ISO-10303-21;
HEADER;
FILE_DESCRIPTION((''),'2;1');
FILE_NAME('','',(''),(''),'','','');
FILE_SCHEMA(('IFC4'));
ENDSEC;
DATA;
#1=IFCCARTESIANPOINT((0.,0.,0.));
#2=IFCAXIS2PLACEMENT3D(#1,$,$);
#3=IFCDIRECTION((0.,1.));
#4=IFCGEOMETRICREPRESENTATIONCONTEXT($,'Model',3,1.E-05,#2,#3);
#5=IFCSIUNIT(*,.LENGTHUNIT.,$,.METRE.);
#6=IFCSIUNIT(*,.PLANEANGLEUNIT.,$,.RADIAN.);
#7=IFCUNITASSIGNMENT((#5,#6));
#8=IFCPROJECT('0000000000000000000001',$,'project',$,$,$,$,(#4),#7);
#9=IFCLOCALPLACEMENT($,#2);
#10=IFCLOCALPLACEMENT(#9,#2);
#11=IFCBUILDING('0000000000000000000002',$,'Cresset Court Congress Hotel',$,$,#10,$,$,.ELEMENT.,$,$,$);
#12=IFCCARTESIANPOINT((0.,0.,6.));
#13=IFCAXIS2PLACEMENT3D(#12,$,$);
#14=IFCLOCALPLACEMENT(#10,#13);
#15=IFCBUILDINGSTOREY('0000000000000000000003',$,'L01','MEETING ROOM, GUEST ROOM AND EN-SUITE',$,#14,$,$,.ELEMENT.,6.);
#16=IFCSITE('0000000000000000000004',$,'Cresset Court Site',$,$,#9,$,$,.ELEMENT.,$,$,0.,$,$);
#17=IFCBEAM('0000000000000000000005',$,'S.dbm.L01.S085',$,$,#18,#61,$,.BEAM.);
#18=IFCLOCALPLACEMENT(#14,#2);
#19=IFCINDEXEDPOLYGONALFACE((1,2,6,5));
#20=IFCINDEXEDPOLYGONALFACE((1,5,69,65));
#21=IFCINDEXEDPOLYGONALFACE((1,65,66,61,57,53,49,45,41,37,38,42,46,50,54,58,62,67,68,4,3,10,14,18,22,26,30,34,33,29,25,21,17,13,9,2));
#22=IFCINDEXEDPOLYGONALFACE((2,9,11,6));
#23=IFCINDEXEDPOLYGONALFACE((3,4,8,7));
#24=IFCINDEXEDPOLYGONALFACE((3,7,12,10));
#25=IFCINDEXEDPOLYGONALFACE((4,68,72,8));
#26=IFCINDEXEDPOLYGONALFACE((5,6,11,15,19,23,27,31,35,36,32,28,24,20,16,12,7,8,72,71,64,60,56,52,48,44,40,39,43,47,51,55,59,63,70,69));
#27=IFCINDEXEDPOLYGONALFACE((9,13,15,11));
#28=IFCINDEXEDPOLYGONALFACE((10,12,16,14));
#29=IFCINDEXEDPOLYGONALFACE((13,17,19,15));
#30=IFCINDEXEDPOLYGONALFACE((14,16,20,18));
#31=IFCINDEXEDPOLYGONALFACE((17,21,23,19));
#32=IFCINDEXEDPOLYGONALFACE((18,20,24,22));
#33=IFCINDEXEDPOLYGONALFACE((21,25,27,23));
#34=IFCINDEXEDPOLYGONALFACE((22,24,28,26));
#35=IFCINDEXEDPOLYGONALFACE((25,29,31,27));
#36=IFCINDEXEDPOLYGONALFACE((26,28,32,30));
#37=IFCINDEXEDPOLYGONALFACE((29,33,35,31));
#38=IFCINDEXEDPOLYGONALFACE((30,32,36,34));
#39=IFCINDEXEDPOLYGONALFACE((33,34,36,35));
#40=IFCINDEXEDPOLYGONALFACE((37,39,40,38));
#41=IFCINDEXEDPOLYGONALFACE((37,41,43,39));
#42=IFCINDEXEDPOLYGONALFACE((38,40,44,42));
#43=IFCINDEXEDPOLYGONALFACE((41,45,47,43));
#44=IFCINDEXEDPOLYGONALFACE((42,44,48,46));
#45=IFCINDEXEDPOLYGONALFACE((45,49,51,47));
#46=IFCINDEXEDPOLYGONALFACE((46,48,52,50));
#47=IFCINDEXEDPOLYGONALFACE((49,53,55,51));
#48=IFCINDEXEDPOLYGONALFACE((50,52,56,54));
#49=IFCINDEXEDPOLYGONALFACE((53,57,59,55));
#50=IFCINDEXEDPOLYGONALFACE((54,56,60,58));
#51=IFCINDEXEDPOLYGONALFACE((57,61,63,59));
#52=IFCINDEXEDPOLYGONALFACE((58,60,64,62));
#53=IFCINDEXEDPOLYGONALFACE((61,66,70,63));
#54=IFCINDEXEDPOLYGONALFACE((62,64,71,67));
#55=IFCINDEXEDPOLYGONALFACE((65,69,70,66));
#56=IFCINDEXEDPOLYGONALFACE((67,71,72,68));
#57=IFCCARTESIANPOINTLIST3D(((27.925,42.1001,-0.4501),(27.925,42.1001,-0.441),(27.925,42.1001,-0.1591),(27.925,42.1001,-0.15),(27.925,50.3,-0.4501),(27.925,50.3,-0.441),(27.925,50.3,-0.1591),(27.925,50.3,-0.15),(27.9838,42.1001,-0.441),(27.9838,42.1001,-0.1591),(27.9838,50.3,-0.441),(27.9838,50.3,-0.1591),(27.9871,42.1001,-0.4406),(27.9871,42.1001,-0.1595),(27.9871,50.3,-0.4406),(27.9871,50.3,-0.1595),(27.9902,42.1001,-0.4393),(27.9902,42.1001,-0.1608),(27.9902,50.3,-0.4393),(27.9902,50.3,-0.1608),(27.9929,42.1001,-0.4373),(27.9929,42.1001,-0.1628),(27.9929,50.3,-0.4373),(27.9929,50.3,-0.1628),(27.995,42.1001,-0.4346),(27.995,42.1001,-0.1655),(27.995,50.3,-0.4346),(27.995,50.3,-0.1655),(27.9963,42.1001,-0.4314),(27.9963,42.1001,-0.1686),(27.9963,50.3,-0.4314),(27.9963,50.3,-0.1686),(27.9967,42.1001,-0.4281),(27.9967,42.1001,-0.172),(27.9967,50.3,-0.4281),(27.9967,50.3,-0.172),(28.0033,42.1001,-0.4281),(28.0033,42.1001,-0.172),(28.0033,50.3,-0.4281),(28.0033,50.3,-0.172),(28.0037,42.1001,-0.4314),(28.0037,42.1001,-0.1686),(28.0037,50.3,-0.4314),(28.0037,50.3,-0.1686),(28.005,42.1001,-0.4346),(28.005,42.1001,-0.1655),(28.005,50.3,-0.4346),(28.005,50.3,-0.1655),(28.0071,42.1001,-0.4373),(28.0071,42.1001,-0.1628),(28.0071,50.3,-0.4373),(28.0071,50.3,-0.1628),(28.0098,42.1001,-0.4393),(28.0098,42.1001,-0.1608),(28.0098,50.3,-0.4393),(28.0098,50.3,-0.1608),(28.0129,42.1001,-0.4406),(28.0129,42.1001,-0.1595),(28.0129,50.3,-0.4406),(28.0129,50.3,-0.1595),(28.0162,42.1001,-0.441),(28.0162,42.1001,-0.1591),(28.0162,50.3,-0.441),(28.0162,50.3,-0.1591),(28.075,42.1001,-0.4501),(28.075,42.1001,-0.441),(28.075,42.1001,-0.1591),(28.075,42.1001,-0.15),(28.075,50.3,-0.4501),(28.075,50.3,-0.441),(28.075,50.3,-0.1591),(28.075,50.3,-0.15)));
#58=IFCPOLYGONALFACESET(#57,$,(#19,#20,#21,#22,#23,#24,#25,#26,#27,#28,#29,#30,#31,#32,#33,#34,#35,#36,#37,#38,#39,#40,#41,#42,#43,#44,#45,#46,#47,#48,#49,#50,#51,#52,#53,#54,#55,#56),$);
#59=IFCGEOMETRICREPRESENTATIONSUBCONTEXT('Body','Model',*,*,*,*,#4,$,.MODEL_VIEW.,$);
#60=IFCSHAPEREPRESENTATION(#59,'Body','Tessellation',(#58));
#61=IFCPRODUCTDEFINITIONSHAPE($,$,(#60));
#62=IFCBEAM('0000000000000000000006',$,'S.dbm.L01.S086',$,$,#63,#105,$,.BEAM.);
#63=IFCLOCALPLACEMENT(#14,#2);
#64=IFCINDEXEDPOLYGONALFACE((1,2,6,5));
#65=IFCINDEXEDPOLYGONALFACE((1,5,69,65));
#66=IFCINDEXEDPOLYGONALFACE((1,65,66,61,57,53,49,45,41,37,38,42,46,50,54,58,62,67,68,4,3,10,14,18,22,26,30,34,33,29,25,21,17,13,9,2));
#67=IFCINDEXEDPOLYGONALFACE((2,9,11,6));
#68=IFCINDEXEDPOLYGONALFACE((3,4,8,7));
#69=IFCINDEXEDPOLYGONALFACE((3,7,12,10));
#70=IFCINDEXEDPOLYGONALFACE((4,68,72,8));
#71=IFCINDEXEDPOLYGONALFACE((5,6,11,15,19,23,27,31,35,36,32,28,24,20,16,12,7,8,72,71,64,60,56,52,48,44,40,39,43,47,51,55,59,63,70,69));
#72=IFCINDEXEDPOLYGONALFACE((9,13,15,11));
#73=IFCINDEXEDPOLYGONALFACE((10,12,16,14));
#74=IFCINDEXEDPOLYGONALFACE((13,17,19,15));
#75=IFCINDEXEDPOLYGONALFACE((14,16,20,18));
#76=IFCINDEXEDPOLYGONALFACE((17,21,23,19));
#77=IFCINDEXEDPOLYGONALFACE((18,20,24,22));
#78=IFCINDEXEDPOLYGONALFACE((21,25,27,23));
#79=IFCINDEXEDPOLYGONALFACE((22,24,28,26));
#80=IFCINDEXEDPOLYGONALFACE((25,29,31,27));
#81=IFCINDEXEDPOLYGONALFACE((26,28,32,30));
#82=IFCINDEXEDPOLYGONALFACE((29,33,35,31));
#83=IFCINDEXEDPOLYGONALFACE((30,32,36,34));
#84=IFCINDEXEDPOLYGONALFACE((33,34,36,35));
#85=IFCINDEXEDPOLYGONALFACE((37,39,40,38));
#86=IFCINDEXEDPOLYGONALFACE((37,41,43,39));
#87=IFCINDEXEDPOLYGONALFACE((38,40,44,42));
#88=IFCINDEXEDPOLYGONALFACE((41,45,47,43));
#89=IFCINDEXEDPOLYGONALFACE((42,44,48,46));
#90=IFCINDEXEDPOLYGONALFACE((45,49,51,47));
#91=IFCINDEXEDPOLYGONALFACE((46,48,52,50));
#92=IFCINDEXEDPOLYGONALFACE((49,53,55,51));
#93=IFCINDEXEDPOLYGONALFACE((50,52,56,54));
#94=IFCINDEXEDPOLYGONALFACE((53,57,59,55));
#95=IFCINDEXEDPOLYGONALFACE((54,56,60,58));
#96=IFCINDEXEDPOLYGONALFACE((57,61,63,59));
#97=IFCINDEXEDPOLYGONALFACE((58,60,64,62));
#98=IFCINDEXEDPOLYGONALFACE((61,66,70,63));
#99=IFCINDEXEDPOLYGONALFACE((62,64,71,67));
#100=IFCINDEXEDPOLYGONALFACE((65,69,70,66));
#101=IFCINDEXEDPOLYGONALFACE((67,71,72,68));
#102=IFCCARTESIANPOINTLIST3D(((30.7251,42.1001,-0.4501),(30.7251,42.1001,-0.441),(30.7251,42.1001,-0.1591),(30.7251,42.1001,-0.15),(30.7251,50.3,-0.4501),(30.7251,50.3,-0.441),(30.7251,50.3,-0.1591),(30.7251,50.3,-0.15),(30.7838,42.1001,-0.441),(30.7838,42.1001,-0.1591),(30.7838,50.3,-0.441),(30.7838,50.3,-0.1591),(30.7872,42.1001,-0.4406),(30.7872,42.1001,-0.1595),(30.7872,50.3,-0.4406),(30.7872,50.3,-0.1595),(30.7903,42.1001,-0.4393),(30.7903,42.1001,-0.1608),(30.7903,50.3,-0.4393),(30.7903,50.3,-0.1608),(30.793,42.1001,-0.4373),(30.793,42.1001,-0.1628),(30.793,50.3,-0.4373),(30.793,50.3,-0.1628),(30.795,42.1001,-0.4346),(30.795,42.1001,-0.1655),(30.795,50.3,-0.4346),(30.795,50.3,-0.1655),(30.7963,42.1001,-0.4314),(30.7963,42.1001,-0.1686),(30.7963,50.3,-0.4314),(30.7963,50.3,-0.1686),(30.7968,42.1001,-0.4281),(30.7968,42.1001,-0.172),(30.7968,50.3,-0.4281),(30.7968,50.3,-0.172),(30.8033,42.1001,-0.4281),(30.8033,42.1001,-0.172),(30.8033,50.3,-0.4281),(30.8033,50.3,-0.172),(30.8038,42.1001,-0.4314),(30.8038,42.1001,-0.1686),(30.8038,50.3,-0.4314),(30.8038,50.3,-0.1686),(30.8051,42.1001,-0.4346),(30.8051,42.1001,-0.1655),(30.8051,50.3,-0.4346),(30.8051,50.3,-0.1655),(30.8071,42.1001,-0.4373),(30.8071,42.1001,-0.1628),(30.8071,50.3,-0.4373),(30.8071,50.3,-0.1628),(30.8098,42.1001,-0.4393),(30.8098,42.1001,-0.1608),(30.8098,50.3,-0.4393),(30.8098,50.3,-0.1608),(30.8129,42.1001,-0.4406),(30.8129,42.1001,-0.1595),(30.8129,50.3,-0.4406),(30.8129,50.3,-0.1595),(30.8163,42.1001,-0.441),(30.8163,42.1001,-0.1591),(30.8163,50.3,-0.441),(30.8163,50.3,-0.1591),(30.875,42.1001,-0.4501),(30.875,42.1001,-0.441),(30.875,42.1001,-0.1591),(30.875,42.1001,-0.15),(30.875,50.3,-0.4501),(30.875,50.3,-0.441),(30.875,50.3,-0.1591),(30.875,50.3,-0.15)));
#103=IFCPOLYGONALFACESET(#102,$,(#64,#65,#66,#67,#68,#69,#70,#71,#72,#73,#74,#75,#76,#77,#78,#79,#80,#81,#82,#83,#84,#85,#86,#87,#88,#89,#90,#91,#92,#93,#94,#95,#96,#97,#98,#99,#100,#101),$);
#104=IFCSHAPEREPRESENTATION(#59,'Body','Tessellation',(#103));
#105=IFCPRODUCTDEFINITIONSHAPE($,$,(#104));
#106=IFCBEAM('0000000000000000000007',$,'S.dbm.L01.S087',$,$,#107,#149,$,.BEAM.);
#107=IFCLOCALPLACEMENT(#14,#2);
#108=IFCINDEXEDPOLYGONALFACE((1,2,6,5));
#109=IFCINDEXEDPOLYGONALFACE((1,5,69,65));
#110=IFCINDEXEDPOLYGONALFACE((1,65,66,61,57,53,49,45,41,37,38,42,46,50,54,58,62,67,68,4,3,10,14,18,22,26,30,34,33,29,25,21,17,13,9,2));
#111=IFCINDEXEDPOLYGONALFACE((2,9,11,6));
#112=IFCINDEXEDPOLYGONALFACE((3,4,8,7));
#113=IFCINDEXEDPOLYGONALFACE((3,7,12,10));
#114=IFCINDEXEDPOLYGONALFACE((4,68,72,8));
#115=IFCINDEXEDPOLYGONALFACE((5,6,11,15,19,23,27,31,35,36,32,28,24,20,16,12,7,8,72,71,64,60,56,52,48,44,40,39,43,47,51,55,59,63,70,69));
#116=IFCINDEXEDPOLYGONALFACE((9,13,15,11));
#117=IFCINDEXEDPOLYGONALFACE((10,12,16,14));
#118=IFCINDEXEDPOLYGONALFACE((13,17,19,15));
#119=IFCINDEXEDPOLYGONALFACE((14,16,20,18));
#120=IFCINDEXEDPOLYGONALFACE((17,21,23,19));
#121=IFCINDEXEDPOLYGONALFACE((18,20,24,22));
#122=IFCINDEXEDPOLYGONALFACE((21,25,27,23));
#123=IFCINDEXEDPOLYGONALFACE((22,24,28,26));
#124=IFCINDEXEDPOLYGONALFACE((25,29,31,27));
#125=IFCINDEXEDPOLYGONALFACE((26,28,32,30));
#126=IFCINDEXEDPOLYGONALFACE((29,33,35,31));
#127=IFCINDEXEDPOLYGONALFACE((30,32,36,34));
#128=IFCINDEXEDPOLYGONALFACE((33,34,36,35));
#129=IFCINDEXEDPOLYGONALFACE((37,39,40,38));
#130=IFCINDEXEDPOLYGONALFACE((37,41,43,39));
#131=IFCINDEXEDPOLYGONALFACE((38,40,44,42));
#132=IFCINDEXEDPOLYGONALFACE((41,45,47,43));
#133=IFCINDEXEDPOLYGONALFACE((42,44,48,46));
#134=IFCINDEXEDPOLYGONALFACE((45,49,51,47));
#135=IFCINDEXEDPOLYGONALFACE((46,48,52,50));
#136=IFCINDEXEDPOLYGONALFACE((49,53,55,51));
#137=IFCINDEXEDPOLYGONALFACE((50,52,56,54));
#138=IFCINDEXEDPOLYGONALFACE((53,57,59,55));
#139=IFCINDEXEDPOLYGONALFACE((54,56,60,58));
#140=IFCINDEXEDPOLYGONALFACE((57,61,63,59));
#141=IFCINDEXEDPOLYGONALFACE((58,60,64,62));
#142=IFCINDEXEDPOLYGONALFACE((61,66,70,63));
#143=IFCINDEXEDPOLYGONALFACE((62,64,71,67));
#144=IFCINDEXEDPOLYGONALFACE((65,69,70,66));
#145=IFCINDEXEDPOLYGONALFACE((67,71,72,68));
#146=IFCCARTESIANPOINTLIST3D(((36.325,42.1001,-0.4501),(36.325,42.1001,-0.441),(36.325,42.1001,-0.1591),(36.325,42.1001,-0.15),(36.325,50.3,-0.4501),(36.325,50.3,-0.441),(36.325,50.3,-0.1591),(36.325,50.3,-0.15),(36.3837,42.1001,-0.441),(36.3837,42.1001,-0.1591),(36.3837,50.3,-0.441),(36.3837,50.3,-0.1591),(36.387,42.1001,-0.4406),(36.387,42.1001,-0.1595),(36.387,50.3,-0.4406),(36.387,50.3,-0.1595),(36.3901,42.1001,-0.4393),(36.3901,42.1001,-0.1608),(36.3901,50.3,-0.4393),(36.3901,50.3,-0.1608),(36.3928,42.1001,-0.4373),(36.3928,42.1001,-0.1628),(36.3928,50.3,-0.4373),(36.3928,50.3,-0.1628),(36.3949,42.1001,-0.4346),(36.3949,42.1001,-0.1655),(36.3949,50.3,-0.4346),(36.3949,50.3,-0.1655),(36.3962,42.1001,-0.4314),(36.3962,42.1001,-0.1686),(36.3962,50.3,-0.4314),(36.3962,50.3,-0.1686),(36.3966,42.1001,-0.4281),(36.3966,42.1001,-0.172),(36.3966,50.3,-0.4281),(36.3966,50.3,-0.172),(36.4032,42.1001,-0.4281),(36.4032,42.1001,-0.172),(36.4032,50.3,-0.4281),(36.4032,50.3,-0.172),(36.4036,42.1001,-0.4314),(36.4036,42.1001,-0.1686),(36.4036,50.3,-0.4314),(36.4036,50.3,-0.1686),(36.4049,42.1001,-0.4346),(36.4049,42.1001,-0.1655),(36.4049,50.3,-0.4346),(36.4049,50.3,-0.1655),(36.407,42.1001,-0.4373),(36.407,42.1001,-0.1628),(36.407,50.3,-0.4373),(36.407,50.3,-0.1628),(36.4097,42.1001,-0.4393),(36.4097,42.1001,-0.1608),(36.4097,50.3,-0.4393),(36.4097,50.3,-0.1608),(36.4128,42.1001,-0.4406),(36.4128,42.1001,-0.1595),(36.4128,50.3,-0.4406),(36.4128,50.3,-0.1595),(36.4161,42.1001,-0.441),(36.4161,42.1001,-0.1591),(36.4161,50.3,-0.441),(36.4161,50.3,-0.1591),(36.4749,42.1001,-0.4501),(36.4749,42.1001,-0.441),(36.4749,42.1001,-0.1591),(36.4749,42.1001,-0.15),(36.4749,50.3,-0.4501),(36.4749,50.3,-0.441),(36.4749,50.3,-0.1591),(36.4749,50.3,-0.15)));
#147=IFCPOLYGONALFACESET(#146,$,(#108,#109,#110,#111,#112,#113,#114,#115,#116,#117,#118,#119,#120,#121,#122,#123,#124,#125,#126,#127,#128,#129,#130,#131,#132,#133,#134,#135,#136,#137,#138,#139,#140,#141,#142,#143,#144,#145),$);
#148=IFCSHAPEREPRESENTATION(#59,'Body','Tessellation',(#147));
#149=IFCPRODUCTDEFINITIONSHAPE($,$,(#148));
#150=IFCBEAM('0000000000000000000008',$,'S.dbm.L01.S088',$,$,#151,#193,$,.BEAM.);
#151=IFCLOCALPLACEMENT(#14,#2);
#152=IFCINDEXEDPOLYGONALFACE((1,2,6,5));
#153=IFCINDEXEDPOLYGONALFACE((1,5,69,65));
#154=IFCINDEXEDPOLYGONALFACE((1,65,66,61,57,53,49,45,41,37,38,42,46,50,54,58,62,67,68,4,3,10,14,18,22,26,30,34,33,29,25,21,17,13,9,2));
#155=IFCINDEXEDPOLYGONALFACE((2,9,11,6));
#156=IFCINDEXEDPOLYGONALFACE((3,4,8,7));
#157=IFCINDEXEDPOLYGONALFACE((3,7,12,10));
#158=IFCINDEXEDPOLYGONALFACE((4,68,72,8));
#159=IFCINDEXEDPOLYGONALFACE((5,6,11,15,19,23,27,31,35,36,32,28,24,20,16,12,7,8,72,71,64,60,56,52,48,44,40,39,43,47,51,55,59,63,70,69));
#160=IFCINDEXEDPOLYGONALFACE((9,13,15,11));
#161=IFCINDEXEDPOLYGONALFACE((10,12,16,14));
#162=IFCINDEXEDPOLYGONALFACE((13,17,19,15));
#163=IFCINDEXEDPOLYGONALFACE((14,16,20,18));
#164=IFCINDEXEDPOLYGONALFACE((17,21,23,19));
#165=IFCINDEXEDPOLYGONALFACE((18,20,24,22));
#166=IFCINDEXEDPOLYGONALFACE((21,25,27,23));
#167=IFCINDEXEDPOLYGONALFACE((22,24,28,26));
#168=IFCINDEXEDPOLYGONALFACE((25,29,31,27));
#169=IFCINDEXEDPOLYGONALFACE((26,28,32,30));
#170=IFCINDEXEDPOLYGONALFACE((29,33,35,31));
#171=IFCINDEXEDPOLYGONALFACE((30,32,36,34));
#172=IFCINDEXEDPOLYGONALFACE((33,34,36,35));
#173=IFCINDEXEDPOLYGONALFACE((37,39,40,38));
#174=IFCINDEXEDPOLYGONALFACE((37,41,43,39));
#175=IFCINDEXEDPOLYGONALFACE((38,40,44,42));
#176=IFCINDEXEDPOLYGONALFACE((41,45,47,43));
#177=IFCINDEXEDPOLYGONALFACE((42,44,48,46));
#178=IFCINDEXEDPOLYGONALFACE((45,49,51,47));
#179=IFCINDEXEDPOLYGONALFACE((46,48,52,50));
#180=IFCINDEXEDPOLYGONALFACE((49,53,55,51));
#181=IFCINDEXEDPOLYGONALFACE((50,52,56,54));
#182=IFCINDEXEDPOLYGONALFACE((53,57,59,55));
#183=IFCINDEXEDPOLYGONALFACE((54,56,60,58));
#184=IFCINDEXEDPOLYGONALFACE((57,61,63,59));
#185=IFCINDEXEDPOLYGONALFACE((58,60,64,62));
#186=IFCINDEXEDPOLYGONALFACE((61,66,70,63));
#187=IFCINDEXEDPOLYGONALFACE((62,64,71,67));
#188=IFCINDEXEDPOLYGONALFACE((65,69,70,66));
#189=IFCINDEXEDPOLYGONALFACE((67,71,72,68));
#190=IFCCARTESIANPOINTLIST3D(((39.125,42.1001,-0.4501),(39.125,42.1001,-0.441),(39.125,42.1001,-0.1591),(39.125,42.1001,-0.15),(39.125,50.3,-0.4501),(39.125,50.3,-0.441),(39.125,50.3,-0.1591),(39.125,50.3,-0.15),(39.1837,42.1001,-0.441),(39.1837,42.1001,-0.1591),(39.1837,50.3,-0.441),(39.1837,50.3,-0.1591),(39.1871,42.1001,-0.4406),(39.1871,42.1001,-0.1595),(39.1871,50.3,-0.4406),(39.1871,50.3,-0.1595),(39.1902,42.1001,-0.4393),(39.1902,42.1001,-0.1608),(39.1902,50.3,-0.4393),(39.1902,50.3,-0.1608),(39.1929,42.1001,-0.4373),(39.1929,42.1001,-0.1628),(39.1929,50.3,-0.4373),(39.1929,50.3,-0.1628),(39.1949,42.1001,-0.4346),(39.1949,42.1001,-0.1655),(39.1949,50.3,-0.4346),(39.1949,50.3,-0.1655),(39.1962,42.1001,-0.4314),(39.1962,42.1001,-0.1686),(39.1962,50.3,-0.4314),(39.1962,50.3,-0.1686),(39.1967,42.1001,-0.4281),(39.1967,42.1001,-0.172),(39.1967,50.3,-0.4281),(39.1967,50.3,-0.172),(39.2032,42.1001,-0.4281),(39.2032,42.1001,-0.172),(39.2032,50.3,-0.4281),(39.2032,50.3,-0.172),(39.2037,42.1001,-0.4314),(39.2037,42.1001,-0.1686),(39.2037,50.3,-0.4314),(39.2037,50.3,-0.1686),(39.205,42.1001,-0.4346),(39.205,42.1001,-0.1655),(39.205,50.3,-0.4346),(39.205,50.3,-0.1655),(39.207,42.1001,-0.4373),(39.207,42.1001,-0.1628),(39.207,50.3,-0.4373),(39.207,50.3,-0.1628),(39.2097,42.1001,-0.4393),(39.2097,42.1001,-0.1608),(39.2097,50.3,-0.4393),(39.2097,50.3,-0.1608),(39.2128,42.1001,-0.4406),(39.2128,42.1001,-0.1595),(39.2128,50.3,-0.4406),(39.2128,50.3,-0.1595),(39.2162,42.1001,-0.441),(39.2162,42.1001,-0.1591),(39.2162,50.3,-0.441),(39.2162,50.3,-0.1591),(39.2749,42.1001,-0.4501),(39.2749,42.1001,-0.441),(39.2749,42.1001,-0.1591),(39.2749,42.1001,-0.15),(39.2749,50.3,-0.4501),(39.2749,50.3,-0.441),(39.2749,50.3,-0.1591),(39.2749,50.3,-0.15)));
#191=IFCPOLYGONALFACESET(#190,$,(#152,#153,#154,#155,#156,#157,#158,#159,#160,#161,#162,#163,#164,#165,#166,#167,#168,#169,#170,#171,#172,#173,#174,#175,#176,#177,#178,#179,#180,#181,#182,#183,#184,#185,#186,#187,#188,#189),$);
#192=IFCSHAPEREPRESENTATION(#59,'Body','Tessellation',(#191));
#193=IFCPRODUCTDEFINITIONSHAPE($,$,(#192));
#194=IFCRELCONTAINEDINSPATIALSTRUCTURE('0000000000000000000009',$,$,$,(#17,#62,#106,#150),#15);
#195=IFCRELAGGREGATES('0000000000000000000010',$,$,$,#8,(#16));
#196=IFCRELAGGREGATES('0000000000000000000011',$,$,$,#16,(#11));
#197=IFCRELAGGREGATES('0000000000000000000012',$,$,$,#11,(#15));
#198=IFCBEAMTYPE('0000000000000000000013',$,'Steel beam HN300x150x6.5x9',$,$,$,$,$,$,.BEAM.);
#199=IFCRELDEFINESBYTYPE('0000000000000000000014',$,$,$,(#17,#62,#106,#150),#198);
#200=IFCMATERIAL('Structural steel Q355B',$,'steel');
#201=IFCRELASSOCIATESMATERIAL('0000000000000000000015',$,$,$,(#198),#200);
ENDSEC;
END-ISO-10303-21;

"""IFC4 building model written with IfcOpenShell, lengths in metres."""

from ifc_helpers import new_model, si_unit, direction, frame, origin, origin_2d, place, context, subcontext, project, spatial, i_section, extrude, material, material_profile, profile_set, type_object, element, save


model = new_model("IFC4")

# Units and contexts
model_context = context("Model", 3, precision=1e-05, world=origin(), true_north=direction((0.0, 1.0)))
body_context = subcontext(model_context, "Body", "Model", "MODEL_VIEW")
ifc_project = project(units=[si_unit("LENGTHUNIT", "METRE"), si_unit("PLANEANGLEUNIT", "RADIAN")], contexts=[model_context])

# Site, building, storey
site_placement = place(None, origin())
site = spatial("IfcSite", under=ifc_project, at=site_placement, Name="Cresset Court Site", CompositionType="ELEMENT", RefElevation=0.0)
building_placement = place(site_placement, origin())
building = spatial("IfcBuilding", under=site, at=building_placement, Name="Cresset Court Congress Hotel", CompositionType="ELEMENT")
storey_placement = place(building_placement, frame((0.0, 0.0, 6.0)))
storey = spatial("IfcBuildingStorey", under=building, at=storey_placement, Name="L01", Description="MEETING ROOM, GUEST ROOM AND EN-SUITE", CompositionType="ELEMENT", Elevation=6.0)

# Beams
ifc_material_1 = material(Name="Structural steel Q355B", Category="steel")
ifc_material_profile_1 = material_profile(ifc_material_1, i_section(OverallWidth=0.1499, OverallDepth=0.3, WebThickness=0.0066, FlangeThickness=0.009, FilletRadius=0.0129, at=origin_2d()), Name="HN300x150x6.5x9")
ifc_profile_set_1 = profile_set([ifc_material_profile_1], Name="Structural steel Q355B")
beam_type_1 = type_object("IfcBeamType", Name="Steel beam HN300x150x6.5x9", PredefinedType="BEAM", material=ifc_profile_set_1)
for number, where, z_axis, x_axis, name in (
    (1, (28.0, 42.1001, -0.3), (0.0, 1.0, 0.0), (-1.0, 0.0, 0.0), "S.dbm.L01.S085"),
    (2, (30.8, 42.1001, -0.3), (0.0, 1.0, 0.0), (-1.0, 0.0, 0.0), "S.dbm.L01.S086"),
    (3, (36.3999, 42.1001, -0.3), (0.0, 1.0, 0.0), (-1.0, 0.0, 0.0), "S.dbm.L01.S087"),
    (4, (39.2, 42.1001, -0.3), (0.0, 1.0, 0.0), (-1.0, 0.0, 0.0), "S.dbm.L01.S088"),
):
    element("IfcBeam", number, at=place(storey_placement, frame(where, z_axis=z_axis, x_axis=x_axis)), inside=storey, type_object=beam_type_1, Name=name, PredefinedType="BEAM", context=body_context, shape_type="SweptSolid", body=[
        extrude(i_section(OverallWidth=0.1499, OverallDepth=0.3, WebThickness=0.0066, FlangeThickness=0.009, FilletRadius=0.0129, at=origin_2d()), origin(), (0.0, 0.0, 1.0), 8.2),
    ])

save(model, "model.ifc")
